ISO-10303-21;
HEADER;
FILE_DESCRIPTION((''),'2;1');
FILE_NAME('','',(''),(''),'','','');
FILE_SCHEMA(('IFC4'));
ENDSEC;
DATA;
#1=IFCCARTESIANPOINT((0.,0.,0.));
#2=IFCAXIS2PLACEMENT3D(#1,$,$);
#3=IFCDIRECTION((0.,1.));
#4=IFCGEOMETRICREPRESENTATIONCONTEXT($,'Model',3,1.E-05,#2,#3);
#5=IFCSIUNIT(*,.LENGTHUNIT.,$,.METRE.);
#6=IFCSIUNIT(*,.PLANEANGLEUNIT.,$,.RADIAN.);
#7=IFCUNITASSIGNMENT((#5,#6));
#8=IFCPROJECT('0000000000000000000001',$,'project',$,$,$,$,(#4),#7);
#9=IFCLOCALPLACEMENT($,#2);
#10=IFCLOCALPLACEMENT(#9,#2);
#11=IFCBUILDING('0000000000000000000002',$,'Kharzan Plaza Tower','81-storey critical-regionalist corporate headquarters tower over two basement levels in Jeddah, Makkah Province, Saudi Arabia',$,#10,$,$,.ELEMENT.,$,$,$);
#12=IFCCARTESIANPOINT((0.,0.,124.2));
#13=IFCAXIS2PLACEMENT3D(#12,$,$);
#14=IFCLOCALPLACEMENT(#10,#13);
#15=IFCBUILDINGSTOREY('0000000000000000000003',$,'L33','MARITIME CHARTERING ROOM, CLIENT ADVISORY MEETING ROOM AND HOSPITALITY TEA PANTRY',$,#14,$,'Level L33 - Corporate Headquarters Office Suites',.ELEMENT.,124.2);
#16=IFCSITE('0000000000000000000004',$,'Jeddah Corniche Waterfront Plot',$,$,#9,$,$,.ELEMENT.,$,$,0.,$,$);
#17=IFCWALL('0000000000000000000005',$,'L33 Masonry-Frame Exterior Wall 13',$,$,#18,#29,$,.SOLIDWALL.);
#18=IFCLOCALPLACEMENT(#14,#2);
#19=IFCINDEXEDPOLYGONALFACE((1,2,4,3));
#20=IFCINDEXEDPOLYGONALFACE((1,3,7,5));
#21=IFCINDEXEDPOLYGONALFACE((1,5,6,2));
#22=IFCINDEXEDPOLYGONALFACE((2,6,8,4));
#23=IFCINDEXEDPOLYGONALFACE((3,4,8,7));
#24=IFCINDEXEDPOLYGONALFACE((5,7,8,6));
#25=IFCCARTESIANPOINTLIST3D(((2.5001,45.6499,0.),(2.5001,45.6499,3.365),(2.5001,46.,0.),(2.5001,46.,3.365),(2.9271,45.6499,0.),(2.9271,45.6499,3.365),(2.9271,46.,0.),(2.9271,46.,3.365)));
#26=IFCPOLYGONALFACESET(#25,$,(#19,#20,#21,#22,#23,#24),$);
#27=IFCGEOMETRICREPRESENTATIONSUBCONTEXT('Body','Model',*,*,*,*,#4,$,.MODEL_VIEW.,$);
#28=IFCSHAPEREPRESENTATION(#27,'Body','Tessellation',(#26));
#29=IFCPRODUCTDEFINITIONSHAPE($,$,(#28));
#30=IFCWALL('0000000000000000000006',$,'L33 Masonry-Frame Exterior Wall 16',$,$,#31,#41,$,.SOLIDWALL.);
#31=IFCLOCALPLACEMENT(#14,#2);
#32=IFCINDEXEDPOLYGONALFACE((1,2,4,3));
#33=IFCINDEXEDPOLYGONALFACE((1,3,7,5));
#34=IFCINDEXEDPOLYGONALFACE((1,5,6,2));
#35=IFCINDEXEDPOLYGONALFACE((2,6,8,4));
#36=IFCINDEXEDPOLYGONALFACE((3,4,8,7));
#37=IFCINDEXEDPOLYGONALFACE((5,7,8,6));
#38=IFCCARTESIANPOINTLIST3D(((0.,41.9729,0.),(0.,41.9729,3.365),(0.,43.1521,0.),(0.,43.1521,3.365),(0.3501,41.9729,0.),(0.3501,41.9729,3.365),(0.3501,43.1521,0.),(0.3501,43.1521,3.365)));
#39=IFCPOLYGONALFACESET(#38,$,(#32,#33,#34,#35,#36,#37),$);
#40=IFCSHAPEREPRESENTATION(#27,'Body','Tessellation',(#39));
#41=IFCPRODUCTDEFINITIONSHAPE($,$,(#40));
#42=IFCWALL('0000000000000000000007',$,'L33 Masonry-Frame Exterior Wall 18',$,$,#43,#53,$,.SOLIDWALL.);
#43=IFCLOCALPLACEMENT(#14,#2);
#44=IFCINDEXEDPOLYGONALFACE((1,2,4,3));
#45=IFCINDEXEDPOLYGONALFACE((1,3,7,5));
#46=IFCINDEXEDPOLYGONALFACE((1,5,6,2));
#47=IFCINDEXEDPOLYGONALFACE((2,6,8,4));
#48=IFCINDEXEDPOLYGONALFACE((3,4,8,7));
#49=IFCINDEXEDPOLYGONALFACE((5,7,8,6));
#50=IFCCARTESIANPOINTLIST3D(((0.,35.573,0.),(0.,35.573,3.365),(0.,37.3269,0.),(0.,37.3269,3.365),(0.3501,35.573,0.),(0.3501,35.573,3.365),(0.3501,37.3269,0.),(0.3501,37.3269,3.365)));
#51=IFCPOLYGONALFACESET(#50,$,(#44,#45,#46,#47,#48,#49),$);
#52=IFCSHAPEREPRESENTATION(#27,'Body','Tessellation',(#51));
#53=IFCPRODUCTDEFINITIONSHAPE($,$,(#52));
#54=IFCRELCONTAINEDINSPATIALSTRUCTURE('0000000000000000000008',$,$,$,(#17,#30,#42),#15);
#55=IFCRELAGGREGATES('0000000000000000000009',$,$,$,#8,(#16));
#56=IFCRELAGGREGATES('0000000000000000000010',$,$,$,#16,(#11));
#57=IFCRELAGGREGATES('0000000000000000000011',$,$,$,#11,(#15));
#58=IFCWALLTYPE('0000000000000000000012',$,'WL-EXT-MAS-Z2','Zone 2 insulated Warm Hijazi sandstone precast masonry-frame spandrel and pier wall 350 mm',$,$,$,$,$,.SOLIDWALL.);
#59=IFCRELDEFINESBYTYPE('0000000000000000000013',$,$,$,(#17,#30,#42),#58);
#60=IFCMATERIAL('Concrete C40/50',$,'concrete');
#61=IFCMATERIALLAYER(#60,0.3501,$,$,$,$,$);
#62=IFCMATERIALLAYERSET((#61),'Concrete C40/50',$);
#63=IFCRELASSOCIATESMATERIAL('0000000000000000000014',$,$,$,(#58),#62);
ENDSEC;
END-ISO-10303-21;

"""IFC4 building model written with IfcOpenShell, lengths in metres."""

from ifc_helpers import new_model, si_unit, direction, frame, frame_2d, origin, place, context, subcontext, project, spatial, rectangle, extrude, source, transform, mapped, material, layer, layer_set, type_object, element, save


model = new_model("IFC4")

# Units and contexts
model_context = context("Model", 3, precision=1e-05, world=origin(), true_north=direction((0.0, 1.0)))
body_context = subcontext(model_context, "Body", "Model", "MODEL_VIEW")
ifc_project = project(units=[si_unit("LENGTHUNIT", "METRE"), si_unit("PLANEANGLEUNIT", "RADIAN")], contexts=[model_context])

# Site, building, storey
site_placement = place(None, origin())
site = spatial("IfcSite", under=ifc_project, at=site_placement, Name="Jeddah Corniche Waterfront Plot", CompositionType="ELEMENT", RefElevation=0.0)
building_placement = place(site_placement, origin())
building = spatial("IfcBuilding", under=site, at=building_placement, Name="Kharzan Plaza Tower", Description="81-storey critical-regionalist corporate headquarters tower over two basement levels in Jeddah, Makkah Province, Saudi Arabia", CompositionType="ELEMENT")
storey_placement = place(building_placement, frame((0.0, 0.0, 124.2)))
storey = spatial("IfcBuildingStorey", under=building, at=storey_placement, Name="L33", Description="MARITIME CHARTERING ROOM, CLIENT ADVISORY MEETING ROOM AND HOSPITALITY TEA PANTRY", LongName="Level L33 - Corporate Headquarters Office Suites", CompositionType="ELEMENT", Elevation=124.2)

# Shared definitions
ifc_material_1 = material(Name="Concrete C40/50", Category="concrete")
ifc_layer_1 = layer(ifc_material_1, 0.3501)
ifc_layer_set_1 = layer_set([ifc_layer_1], Name="Concrete C40/50")
wall_type_1 = type_object("IfcWallType", Name="WL-EXT-MAS-Z2", Description="Zone 2 insulated Warm Hijazi sandstone precast masonry-frame spandrel and pier wall 350 mm", PredefinedType="SOLIDWALL", material=ifc_layer_set_1)

# Walls
shared_shape_1 = source(origin(), body_context, "Body", "SweptSolid", [
    extrude(rectangle(XDim=0.427, YDim=0.3501, at=frame_2d((0.2134, 0.0))), origin(), (0.0, 0.0, 1.0), 3.365),
])
wall_1_placement = place(storey_placement, frame((2.927, 45.825, 0.0), z_axis=(0.0, 0.0, 1.0), x_axis=(-1.0, 0.0, 0.0)))
element("IfcWall", 1, at=wall_1_placement, inside=storey, type_object=wall_type_1, Name="L33 Masonry-Frame Exterior Wall 13", PredefinedType="SOLIDWALL", context=body_context, shape_type="MappedRepresentation", body=[
    mapped(shared_shape_1, transform((0.0, 0.0, 0.0), x_axis=(1.0, 0.0, 0.0), y_axis=(0.0, 1.0, 0.0), z_axis=(0.0, 0.0, 1.0))),
])
shared_shape_2 = source(origin(), body_context, "Body", "SweptSolid", [
    extrude(rectangle(XDim=1.1792, YDim=0.3501, at=frame_2d((0.5896, 0.0))), origin(), (0.0, 0.0, 1.0), 3.365),
])
wall_2_placement = place(storey_placement, frame((0.175, 43.1521, 0.0), z_axis=(0.0, 0.0, 1.0), x_axis=(0.0, -1.0, 0.0)))
element("IfcWall", 2, at=wall_2_placement, inside=storey, type_object=wall_type_1, Name="L33 Masonry-Frame Exterior Wall 16", PredefinedType="SOLIDWALL", context=body_context, shape_type="MappedRepresentation", body=[
    mapped(shared_shape_2, transform((0.0, 0.0, 0.0), x_axis=(1.0, 0.0, 0.0), y_axis=(0.0, 1.0, 0.0), z_axis=(0.0, 0.0, 1.0))),
])
shared_shape_3 = source(origin(), body_context, "Body", "SweptSolid", [
    extrude(rectangle(XDim=1.7539, YDim=0.3501, at=frame_2d((0.877, 0.0))), origin(), (0.0, 0.0, 1.0), 3.365),
])
wall_3_placement = place(storey_placement, frame((0.175, 37.3269, 0.0), z_axis=(0.0, 0.0, 1.0), x_axis=(0.0, -1.0, 0.0)))
element("IfcWall", 3, at=wall_3_placement, inside=storey, type_object=wall_type_1, Name="L33 Masonry-Frame Exterior Wall 18", PredefinedType="SOLIDWALL", context=body_context, shape_type="MappedRepresentation", body=[
    mapped(shared_shape_3, transform((0.0, 0.0, 0.0), x_axis=(1.0, 0.0, 0.0), y_axis=(0.0, 1.0, 0.0), z_axis=(0.0, 0.0, 1.0))),
])

save(model, "model.ifc")
